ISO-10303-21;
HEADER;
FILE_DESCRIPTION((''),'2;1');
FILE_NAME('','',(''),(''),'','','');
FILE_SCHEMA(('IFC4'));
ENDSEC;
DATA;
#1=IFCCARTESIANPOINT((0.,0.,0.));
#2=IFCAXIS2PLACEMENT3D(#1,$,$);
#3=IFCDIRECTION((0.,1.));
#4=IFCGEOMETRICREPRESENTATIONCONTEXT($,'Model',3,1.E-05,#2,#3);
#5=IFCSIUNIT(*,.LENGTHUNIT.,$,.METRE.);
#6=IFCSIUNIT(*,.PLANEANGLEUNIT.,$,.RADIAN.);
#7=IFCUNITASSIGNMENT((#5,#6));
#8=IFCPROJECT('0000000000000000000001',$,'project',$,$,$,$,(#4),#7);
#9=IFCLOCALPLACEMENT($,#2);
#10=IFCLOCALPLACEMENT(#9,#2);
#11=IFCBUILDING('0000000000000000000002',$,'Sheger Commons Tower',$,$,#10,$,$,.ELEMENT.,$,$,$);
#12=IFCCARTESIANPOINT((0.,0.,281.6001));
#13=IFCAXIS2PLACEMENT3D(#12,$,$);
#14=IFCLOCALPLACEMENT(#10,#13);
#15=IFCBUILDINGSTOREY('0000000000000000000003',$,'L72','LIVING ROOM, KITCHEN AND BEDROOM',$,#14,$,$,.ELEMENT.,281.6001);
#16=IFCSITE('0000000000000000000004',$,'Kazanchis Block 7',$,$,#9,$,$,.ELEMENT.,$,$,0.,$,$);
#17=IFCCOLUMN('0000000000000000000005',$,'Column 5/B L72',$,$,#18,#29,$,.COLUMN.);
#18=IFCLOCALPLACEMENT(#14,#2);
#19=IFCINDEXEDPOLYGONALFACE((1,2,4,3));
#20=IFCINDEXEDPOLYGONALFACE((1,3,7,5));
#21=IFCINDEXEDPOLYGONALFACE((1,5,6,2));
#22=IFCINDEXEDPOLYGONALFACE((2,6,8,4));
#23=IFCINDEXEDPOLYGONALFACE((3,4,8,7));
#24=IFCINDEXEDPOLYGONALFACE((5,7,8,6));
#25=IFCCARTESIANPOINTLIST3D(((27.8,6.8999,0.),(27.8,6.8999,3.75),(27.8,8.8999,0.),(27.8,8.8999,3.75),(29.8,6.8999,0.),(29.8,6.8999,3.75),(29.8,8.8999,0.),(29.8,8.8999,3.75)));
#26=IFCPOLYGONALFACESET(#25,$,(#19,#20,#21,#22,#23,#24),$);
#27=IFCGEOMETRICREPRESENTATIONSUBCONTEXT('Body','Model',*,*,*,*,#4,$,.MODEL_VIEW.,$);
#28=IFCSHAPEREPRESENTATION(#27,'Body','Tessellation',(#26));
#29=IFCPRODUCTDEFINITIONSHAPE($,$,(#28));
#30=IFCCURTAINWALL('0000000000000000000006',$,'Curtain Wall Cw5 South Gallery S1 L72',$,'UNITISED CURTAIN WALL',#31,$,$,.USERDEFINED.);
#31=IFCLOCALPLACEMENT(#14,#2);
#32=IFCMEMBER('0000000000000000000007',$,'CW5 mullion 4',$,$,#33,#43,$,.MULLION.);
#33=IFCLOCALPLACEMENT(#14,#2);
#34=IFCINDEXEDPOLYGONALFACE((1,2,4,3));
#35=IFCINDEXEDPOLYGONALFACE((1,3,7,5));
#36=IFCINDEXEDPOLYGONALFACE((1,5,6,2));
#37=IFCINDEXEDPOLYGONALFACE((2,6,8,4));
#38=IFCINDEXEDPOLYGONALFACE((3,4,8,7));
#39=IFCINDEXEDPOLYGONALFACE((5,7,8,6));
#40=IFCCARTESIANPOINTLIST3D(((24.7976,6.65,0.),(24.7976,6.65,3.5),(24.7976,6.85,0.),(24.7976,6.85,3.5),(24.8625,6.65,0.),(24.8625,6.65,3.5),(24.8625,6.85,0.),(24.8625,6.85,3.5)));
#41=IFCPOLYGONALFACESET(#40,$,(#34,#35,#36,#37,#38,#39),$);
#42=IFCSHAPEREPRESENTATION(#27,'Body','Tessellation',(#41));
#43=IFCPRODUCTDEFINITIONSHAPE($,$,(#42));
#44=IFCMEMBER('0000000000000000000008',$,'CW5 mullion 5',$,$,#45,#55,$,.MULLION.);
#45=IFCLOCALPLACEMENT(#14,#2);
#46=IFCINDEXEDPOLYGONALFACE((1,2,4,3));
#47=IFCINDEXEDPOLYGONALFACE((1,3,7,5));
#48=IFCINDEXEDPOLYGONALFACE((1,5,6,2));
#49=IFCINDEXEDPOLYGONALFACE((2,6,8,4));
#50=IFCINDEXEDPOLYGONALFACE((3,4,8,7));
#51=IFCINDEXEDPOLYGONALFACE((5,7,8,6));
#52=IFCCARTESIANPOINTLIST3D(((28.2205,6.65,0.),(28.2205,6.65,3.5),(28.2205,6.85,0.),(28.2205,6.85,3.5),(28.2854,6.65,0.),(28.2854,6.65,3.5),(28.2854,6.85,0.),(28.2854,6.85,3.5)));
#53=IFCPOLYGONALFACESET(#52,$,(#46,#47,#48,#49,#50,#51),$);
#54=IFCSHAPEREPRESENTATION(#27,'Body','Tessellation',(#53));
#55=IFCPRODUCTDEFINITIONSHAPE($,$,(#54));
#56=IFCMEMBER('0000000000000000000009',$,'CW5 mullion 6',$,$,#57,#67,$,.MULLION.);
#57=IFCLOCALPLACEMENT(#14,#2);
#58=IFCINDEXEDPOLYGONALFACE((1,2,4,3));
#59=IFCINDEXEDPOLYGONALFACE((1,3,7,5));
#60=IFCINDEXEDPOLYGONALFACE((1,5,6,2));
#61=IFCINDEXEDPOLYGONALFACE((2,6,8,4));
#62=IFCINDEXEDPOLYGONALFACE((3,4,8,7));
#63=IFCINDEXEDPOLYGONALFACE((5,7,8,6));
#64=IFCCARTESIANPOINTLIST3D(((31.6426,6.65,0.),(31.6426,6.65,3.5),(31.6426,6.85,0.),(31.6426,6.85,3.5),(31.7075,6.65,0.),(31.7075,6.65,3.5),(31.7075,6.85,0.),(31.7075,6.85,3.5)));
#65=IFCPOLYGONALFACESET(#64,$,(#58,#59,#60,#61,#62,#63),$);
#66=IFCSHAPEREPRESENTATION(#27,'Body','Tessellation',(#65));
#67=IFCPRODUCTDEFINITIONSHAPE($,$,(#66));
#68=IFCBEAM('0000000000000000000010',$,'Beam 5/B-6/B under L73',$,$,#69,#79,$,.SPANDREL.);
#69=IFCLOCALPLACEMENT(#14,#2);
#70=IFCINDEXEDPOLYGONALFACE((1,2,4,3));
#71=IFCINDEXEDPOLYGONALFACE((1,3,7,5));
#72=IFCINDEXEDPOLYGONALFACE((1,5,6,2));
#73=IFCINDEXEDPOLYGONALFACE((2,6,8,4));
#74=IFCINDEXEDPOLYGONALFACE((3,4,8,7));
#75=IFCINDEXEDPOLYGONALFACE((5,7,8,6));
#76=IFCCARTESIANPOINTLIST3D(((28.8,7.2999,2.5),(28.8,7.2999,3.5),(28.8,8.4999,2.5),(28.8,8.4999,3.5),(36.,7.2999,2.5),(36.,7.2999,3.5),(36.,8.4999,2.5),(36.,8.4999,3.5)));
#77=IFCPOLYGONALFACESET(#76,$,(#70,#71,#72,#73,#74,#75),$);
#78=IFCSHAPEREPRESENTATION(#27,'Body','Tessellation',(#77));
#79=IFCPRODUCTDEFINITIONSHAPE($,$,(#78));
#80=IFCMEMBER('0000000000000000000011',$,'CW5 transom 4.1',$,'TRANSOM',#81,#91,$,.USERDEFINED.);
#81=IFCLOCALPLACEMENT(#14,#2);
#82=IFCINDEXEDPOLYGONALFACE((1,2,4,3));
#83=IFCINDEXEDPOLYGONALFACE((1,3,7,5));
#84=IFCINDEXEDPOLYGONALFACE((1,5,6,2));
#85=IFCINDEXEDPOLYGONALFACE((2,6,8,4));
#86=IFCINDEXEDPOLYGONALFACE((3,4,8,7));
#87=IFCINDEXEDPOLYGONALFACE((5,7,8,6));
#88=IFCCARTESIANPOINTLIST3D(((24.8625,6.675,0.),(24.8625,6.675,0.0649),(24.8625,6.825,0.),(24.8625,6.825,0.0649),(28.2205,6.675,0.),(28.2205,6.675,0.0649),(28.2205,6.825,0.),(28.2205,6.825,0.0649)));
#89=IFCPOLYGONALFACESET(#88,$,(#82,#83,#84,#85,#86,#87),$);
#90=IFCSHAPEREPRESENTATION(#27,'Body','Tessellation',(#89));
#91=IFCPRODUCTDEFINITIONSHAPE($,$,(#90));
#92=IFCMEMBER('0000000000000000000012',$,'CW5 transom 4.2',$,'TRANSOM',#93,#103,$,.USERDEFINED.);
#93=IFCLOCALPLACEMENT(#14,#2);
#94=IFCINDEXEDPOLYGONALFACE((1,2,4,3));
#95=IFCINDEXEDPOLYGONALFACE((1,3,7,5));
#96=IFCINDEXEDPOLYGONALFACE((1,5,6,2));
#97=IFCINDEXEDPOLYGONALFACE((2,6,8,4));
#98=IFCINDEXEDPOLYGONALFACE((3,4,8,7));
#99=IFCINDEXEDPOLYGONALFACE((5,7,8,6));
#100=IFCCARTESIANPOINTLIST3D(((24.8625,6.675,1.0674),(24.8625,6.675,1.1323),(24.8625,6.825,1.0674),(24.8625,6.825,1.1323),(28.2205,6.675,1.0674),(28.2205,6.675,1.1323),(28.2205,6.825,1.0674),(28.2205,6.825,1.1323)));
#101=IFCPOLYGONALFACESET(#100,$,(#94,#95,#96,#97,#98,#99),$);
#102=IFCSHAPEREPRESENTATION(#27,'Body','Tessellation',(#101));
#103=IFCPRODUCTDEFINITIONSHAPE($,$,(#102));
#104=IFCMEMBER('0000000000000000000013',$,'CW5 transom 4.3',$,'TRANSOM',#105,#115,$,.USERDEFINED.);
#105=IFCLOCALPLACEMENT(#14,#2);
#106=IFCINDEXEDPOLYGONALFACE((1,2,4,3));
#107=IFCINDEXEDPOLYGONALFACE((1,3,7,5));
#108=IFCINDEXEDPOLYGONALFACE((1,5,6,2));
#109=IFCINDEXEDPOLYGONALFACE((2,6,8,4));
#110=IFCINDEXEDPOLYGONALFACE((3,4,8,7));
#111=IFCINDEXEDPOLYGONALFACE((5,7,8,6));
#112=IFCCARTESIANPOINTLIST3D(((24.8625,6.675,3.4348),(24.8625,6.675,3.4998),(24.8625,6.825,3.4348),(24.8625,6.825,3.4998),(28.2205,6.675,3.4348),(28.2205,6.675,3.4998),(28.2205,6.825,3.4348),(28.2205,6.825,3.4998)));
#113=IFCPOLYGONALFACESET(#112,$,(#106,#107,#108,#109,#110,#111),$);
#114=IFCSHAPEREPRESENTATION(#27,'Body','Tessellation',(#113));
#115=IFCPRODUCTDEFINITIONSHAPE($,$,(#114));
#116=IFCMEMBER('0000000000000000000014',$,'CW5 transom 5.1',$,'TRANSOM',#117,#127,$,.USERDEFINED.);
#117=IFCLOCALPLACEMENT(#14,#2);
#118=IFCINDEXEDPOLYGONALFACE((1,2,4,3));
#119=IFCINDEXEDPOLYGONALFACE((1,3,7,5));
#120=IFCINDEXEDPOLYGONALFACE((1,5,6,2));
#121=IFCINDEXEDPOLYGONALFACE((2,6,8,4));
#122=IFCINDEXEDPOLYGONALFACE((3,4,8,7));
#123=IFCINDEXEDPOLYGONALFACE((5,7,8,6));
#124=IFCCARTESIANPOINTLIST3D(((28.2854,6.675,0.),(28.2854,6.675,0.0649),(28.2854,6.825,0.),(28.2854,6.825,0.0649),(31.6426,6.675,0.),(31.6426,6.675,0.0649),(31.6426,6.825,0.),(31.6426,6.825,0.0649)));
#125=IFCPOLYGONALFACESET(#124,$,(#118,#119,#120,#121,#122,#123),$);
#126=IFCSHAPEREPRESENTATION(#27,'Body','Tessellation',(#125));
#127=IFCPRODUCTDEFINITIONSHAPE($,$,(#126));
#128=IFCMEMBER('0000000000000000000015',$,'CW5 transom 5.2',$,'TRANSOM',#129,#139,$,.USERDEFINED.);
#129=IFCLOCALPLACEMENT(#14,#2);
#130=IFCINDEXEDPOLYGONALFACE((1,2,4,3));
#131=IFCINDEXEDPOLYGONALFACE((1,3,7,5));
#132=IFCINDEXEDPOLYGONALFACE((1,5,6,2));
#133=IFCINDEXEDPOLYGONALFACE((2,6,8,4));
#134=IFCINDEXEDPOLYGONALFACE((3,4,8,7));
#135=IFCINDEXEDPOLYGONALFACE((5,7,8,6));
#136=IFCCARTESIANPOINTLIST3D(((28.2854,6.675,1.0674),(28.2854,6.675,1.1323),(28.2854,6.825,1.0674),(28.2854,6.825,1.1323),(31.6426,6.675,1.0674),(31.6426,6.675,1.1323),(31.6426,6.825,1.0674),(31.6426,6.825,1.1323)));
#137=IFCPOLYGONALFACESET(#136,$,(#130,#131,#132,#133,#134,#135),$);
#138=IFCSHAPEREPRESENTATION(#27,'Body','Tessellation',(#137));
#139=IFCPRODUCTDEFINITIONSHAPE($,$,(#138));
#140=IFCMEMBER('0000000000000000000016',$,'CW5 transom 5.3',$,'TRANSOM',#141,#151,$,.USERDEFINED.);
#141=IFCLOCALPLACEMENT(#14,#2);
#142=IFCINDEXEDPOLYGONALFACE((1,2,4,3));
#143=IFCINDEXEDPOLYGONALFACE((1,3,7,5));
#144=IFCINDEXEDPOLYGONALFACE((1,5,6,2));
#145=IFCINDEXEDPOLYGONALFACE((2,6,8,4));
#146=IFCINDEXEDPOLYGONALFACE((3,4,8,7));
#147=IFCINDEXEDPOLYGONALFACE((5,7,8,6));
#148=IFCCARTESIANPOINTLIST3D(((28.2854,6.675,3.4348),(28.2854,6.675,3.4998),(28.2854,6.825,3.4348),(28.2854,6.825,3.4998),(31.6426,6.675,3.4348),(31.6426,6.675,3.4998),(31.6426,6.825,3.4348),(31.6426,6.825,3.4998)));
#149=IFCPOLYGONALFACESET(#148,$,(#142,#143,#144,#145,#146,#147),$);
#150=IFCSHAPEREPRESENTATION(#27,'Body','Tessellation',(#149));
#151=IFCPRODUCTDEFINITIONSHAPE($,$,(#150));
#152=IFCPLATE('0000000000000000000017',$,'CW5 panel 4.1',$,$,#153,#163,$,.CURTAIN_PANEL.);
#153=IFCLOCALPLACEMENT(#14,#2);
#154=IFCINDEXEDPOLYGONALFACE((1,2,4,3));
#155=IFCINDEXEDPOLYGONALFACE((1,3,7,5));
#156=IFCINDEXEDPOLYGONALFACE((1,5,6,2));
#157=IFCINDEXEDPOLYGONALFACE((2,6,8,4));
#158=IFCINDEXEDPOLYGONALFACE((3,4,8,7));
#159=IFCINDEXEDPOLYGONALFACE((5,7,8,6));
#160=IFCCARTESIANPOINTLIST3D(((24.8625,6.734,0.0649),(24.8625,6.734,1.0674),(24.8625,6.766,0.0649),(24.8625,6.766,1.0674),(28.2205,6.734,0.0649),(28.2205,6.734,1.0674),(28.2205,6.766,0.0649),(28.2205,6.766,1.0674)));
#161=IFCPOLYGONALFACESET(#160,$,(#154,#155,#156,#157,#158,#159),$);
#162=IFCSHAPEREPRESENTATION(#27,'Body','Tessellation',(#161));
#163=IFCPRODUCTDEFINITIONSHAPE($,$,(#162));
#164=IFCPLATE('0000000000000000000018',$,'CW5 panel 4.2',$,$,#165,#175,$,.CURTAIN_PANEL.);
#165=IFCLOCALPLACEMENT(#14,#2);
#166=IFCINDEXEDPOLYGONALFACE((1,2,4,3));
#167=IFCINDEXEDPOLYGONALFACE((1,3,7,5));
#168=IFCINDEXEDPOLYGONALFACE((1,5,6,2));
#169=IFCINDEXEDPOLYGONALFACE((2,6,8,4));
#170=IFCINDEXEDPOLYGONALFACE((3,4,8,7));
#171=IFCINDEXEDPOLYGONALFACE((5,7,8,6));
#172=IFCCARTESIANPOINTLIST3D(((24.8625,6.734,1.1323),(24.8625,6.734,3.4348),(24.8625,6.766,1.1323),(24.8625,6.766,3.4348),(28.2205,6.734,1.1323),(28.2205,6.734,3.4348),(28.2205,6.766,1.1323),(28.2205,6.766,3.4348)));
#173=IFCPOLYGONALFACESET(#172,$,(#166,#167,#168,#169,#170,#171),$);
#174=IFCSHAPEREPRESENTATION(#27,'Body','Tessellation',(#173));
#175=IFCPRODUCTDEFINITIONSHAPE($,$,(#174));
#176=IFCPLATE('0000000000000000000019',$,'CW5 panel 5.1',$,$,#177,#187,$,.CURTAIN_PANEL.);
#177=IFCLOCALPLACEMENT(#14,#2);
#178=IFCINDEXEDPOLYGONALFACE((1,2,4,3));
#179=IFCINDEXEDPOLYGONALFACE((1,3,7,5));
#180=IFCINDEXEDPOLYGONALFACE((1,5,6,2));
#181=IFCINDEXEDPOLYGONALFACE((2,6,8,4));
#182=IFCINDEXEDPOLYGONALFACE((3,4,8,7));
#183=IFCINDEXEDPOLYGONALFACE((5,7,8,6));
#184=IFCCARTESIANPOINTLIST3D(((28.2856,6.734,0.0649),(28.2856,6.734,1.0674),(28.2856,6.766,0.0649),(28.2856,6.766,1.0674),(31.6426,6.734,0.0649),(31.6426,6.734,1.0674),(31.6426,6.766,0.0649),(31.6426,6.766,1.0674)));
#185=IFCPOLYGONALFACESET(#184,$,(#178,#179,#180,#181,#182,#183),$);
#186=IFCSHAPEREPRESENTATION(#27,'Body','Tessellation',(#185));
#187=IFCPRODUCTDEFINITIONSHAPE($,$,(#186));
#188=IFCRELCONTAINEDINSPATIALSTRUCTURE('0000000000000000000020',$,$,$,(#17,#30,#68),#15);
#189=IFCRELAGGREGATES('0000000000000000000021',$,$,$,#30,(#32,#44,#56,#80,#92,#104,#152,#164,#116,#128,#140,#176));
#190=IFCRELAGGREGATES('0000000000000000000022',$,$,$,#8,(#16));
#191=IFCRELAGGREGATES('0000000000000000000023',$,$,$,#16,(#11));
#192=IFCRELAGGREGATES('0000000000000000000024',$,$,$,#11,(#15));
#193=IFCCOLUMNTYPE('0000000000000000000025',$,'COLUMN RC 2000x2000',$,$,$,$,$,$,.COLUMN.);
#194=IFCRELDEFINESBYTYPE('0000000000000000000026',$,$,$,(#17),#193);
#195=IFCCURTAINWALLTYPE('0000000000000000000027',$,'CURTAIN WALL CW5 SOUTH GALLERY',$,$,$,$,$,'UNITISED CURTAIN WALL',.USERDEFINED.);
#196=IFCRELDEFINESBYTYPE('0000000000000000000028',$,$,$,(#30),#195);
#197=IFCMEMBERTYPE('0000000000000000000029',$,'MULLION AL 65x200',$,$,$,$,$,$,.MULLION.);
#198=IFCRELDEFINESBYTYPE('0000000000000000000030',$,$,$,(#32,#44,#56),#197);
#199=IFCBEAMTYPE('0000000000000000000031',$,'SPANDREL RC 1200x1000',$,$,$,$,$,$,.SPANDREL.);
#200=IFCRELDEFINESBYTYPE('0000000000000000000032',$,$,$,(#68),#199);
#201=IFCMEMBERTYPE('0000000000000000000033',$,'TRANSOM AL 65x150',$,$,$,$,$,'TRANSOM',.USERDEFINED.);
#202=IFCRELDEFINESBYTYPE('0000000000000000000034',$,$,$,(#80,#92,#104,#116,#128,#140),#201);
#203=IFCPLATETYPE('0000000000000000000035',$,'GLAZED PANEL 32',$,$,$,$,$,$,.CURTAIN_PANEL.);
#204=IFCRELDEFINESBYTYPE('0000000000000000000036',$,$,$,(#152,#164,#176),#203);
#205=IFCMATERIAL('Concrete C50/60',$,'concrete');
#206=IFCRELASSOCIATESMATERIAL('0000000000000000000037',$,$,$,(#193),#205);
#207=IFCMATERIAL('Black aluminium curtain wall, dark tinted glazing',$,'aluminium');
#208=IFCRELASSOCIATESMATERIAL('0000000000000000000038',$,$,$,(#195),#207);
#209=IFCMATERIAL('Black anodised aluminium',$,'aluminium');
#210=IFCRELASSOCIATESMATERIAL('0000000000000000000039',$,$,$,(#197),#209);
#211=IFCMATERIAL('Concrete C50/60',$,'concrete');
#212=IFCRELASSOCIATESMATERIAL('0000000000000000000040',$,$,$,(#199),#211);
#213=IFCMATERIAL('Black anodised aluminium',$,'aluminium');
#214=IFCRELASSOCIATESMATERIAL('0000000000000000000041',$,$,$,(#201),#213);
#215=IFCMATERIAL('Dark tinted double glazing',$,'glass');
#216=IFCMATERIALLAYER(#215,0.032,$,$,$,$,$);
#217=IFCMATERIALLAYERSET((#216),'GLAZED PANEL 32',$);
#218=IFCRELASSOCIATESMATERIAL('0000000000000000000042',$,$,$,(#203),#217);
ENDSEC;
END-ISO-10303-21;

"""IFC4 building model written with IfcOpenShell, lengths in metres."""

from ifc_helpers import new_model, si_unit, direction, frame, origin, origin_2d, place, context, subcontext, project, spatial, rectangle, extrude, material, layer, layer_set, material_profile, profile_set, type_object, element, aggregate, save


model = new_model("IFC4")

# Units and contexts
model_context = context("Model", 3, precision=1e-05, world=origin(), true_north=direction((0.0, 1.0)))
body_context = subcontext(model_context, "Body", "Model", "MODEL_VIEW")
ifc_project = project(units=[si_unit("LENGTHUNIT", "METRE"), si_unit("PLANEANGLEUNIT", "RADIAN")], contexts=[model_context])

# Site, building, storey
site_placement = place(None, origin())
site = spatial("IfcSite", under=ifc_project, at=site_placement, Name="Kazanchis Block 7", CompositionType="ELEMENT", RefElevation=0.0)
building_placement = place(site_placement, origin())
building = spatial("IfcBuilding", under=site, at=building_placement, Name="Sheger Commons Tower", CompositionType="ELEMENT")
storey_placement = place(building_placement, frame((0.0, 0.0, 281.6001)))
storey = spatial("IfcBuildingStorey", under=building, at=storey_placement, Name="L72", Description="LIVING ROOM, KITCHEN AND BEDROOM", CompositionType="ELEMENT", Elevation=281.6001)

# Column
ifc_material_1 = material(Name="Concrete C50/60", Category="concrete")
ifc_material_profile_1 = material_profile(ifc_material_1, rectangle(XDim=2.0, YDim=2.0, at=origin_2d()), Name="RC 2000x2000")
ifc_profile_set_1 = profile_set([ifc_material_profile_1], Name="Concrete C50/60")
column_type = type_object("IfcColumnType", Name="COLUMN RC 2000x2000", PredefinedType="COLUMN", material=ifc_profile_set_1)
column_placement = place(storey_placement, frame((28.8, 7.8999, 0.0), z_axis=(0.0, 0.0, 1.0), x_axis=(1.0, 0.0, 0.0)))
element("IfcColumn", 1, at=column_placement, inside=storey, type_object=column_type, Name="Column 5/B L72", PredefinedType="COLUMN", context=body_context, shape_type="SweptSolid", body=[
    extrude(rectangle(XDim=2.0, YDim=2.0, at=origin_2d()), origin(), (0.0, 0.0, 1.0), 3.75),
])

# Curtain wall, members
ifc_material_2 = material(Name="Black aluminium curtain wall, dark tinted glazing", Category="aluminium")
curtain_wall_type = type_object("IfcCurtainWallType", Name="CURTAIN WALL CW5 SOUTH GALLERY", ElementType="UNITISED CURTAIN WALL", PredefinedType="USERDEFINED", material=ifc_material_2)
curtain_wall_placement = place(storey_placement, origin())
curtain_wall = element("IfcCurtainWall", 2, at=curtain_wall_placement, inside=storey, type_object=curtain_wall_type, Name="Curtain Wall Cw5 South Gallery S1 L72", ObjectType="UNITISED CURTAIN WALL", PredefinedType="USERDEFINED")
ifc_material_3 = material(Name="Black anodised aluminium", Category="aluminium")
ifc_material_profile_2 = material_profile(ifc_material_3, rectangle(XDim=0.2, YDim=0.0649, at=origin_2d()), Name="AL 65x200")
ifc_profile_set_2 = profile_set([ifc_material_profile_2], Name="Black anodised aluminium")
member_type_1 = type_object("IfcMemberType", Name="MULLION AL 65x200", PredefinedType="MULLION", material=ifc_profile_set_2)
member_1_placement = place(storey_placement, frame((24.8301, 6.75, 0.0), z_axis=(0.0, 0.0, 1.0), x_axis=(0.0, 1.0, 0.0)))
member_1 = element("IfcMember", 3, at=member_1_placement, type_object=member_type_1, Name="CW5 mullion 4", PredefinedType="MULLION", context=body_context, shape_type="SweptSolid", body=[
    extrude(rectangle(XDim=0.2, YDim=0.0649, at=origin_2d()), origin(), (0.0, 0.0, 1.0), 3.5),
])
member_2_placement = place(storey_placement, frame((28.2529, 6.75, 0.0), z_axis=(0.0, 0.0, 1.0), x_axis=(0.0, 1.0, 0.0)))
member_2 = element("IfcMember", 4, at=member_2_placement, type_object=member_type_1, Name="CW5 mullion 5", PredefinedType="MULLION", context=body_context, shape_type="SweptSolid", body=[
    extrude(rectangle(XDim=0.2, YDim=0.0649, at=origin_2d()), origin(), (0.0, 0.0, 1.0), 3.5),
])
member_3_placement = place(storey_placement, frame((31.675, 6.75, 0.0), z_axis=(0.0, 0.0, 1.0), x_axis=(0.0, 1.0, 0.0)))
member_3 = element("IfcMember", 5, at=member_3_placement, type_object=member_type_1, Name="CW5 mullion 6", PredefinedType="MULLION", context=body_context, shape_type="SweptSolid", body=[
    extrude(rectangle(XDim=0.2, YDim=0.0649, at=origin_2d()), origin(), (0.0, 0.0, 1.0), 3.5),
])

# Beam
ifc_material_4 = material(Name="Concrete C50/60", Category="concrete")
ifc_material_profile_3 = material_profile(ifc_material_4, rectangle(XDim=1.2, YDim=1.0, at=origin_2d()), Name="RC 1200x1000")
ifc_profile_set_3 = profile_set([ifc_material_profile_3], Name="Concrete C50/60")
beam_type = type_object("IfcBeamType", Name="SPANDREL RC 1200x1000", PredefinedType="SPANDREL", material=ifc_profile_set_3)
beam_placement = place(storey_placement, frame((28.8, 7.8999, 3.0), z_axis=(1.0, 0.0, 0.0), x_axis=(0.0, 1.0, 0.0)))
element("IfcBeam", 6, at=beam_placement, inside=storey, type_object=beam_type, Name="Beam 5/B-6/B under L73", PredefinedType="SPANDREL", context=body_context, shape_type="SweptSolid", body=[
    extrude(rectangle(XDim=1.2, YDim=1.0, at=origin_2d()), origin(), (0.0, 0.0, 1.0), 7.2),
])

# Members
ifc_material_5 = material(Name="Black anodised aluminium", Category="aluminium")
ifc_material_profile_4 = material_profile(ifc_material_5, rectangle(XDim=0.1499, YDim=0.0649, at=origin_2d()), Name="AL 65x150")
ifc_profile_set_4 = profile_set([ifc_material_profile_4], Name="Black anodised aluminium")
member_type_2 = type_object("IfcMemberType", Name="TRANSOM AL 65x150", ElementType="TRANSOM", PredefinedType="USERDEFINED", material=ifc_profile_set_4)
member_4_placement = place(storey_placement, frame((24.8625, 6.75, 0.0325), z_axis=(1.0, 0.0, 0.0), x_axis=(0.0, 1.0, 0.0)))
member_4 = element("IfcMember", 7, at=member_4_placement, type_object=member_type_2, Name="CW5 transom 4.1", ObjectType="TRANSOM", PredefinedType="USERDEFINED", context=body_context, shape_type="SweptSolid", body=[
    extrude(rectangle(XDim=0.1499, YDim=0.0649, at=origin_2d()), origin(), (0.0, 0.0, 1.0), 3.3579),
])
member_5_placement = place(storey_placement, frame((24.8625, 6.75, 1.0999), z_axis=(1.0, 0.0, 0.0), x_axis=(0.0, 1.0, 0.0)))
member_5 = element("IfcMember", 8, at=member_5_placement, type_object=member_type_2, Name="CW5 transom 4.2", ObjectType="TRANSOM", PredefinedType="USERDEFINED", context=body_context, shape_type="SweptSolid", body=[
    extrude(rectangle(XDim=0.1499, YDim=0.0649, at=origin_2d()), origin(), (0.0, 0.0, 1.0), 3.3579),
])
member_6_placement = place(storey_placement, frame((24.8625, 6.75, 3.4673), z_axis=(1.0, 0.0, 0.0), x_axis=(0.0, 1.0, 0.0)))
member_6 = element("IfcMember", 9, at=member_6_placement, type_object=member_type_2, Name="CW5 transom 4.3", ObjectType="TRANSOM", PredefinedType="USERDEFINED", context=body_context, shape_type="SweptSolid", body=[
    extrude(rectangle(XDim=0.1499, YDim=0.0649, at=origin_2d()), origin(), (0.0, 0.0, 1.0), 3.3579),
])
member_7_placement = place(storey_placement, frame((28.2854, 6.75, 0.0325), z_axis=(1.0, 0.0, 0.0), x_axis=(0.0, 1.0, 0.0)))
member_7 = element("IfcMember", 10, at=member_7_placement, type_object=member_type_2, Name="CW5 transom 5.1", ObjectType="TRANSOM", PredefinedType="USERDEFINED", context=body_context, shape_type="SweptSolid", body=[
    extrude(rectangle(XDim=0.1499, YDim=0.0649, at=origin_2d()), origin(), (0.0, 0.0, 1.0), 3.3572),
])
member_8_placement = place(storey_placement, frame((28.2854, 6.75, 1.0999), z_axis=(1.0, 0.0, 0.0), x_axis=(0.0, 1.0, 0.0)))
member_8 = element("IfcMember", 11, at=member_8_placement, type_object=member_type_2, Name="CW5 transom 5.2", ObjectType="TRANSOM", PredefinedType="USERDEFINED", context=body_context, shape_type="SweptSolid", body=[
    extrude(rectangle(XDim=0.1499, YDim=0.0649, at=origin_2d()), origin(), (0.0, 0.0, 1.0), 3.3572),
])
member_9_placement = place(storey_placement, frame((28.2854, 6.75, 3.4673), z_axis=(1.0, 0.0, 0.0), x_axis=(0.0, 1.0, 0.0)))
member_9 = element("IfcMember", 12, at=member_9_placement, type_object=member_type_2, Name="CW5 transom 5.3", ObjectType="TRANSOM", PredefinedType="USERDEFINED", context=body_context, shape_type="SweptSolid", body=[
    extrude(rectangle(XDim=0.1499, YDim=0.0649, at=origin_2d()), origin(), (0.0, 0.0, 1.0), 3.3572),
])

# Plates
ifc_material_6 = material(Name="Dark tinted double glazing", Category="glass")
ifc_layer_1 = layer(ifc_material_6, 0.032)
ifc_layer_set_1 = layer_set([ifc_layer_1], Name="GLAZED PANEL 32")
plate_type_1 = type_object("IfcPlateType", Name="GLAZED PANEL 32", PredefinedType="CURTAIN_PANEL", material=ifc_layer_set_1)
plate_1_placement = place(storey_placement, frame((26.5415, 6.75, 0.0649), z_axis=(0.0, 0.0, 1.0), x_axis=(1.0, 0.0, 0.0)))
plate_1 = element("IfcPlate", 13, at=plate_1_placement, type_object=plate_type_1, Name="CW5 panel 4.1", PredefinedType="CURTAIN_PANEL", context=body_context, shape_type="SweptSolid", body=[
    extrude(rectangle(XDim=3.3579, YDim=0.032, at=origin_2d()), origin(), (0.0, 0.0, 1.0), 1.0024),
])
plate_2_placement = place(storey_placement, frame((26.5415, 6.75, 1.1323), z_axis=(0.0, 0.0, 1.0), x_axis=(1.0, 0.0, 0.0)))
plate_2 = element("IfcPlate", 14, at=plate_2_placement, type_object=plate_type_1, Name="CW5 panel 4.2", PredefinedType="CURTAIN_PANEL", context=body_context, shape_type="SweptSolid", body=[
    extrude(rectangle(XDim=3.3579, YDim=0.032, at=origin_2d()), origin(), (0.0, 0.0, 1.0), 2.3025),
])
plate_3_placement = place(storey_placement, frame((29.9641, 6.75, 0.0649), z_axis=(0.0, 0.0, 1.0), x_axis=(1.0, 0.0, 0.0)))
plate_3 = element("IfcPlate", 15, at=plate_3_placement, type_object=plate_type_1, Name="CW5 panel 5.1", PredefinedType="CURTAIN_PANEL", context=body_context, shape_type="SweptSolid", body=[
    extrude(rectangle(XDim=3.3569, YDim=0.032, at=origin_2d()), origin(), (0.0, 0.0, 1.0), 1.0024),
])
aggregate(curtain_wall, [member_1, member_2, member_3, member_4, member_5, member_6, plate_1, plate_2, member_7, member_8, member_9, plate_3])

save(model, "model.ifc")
